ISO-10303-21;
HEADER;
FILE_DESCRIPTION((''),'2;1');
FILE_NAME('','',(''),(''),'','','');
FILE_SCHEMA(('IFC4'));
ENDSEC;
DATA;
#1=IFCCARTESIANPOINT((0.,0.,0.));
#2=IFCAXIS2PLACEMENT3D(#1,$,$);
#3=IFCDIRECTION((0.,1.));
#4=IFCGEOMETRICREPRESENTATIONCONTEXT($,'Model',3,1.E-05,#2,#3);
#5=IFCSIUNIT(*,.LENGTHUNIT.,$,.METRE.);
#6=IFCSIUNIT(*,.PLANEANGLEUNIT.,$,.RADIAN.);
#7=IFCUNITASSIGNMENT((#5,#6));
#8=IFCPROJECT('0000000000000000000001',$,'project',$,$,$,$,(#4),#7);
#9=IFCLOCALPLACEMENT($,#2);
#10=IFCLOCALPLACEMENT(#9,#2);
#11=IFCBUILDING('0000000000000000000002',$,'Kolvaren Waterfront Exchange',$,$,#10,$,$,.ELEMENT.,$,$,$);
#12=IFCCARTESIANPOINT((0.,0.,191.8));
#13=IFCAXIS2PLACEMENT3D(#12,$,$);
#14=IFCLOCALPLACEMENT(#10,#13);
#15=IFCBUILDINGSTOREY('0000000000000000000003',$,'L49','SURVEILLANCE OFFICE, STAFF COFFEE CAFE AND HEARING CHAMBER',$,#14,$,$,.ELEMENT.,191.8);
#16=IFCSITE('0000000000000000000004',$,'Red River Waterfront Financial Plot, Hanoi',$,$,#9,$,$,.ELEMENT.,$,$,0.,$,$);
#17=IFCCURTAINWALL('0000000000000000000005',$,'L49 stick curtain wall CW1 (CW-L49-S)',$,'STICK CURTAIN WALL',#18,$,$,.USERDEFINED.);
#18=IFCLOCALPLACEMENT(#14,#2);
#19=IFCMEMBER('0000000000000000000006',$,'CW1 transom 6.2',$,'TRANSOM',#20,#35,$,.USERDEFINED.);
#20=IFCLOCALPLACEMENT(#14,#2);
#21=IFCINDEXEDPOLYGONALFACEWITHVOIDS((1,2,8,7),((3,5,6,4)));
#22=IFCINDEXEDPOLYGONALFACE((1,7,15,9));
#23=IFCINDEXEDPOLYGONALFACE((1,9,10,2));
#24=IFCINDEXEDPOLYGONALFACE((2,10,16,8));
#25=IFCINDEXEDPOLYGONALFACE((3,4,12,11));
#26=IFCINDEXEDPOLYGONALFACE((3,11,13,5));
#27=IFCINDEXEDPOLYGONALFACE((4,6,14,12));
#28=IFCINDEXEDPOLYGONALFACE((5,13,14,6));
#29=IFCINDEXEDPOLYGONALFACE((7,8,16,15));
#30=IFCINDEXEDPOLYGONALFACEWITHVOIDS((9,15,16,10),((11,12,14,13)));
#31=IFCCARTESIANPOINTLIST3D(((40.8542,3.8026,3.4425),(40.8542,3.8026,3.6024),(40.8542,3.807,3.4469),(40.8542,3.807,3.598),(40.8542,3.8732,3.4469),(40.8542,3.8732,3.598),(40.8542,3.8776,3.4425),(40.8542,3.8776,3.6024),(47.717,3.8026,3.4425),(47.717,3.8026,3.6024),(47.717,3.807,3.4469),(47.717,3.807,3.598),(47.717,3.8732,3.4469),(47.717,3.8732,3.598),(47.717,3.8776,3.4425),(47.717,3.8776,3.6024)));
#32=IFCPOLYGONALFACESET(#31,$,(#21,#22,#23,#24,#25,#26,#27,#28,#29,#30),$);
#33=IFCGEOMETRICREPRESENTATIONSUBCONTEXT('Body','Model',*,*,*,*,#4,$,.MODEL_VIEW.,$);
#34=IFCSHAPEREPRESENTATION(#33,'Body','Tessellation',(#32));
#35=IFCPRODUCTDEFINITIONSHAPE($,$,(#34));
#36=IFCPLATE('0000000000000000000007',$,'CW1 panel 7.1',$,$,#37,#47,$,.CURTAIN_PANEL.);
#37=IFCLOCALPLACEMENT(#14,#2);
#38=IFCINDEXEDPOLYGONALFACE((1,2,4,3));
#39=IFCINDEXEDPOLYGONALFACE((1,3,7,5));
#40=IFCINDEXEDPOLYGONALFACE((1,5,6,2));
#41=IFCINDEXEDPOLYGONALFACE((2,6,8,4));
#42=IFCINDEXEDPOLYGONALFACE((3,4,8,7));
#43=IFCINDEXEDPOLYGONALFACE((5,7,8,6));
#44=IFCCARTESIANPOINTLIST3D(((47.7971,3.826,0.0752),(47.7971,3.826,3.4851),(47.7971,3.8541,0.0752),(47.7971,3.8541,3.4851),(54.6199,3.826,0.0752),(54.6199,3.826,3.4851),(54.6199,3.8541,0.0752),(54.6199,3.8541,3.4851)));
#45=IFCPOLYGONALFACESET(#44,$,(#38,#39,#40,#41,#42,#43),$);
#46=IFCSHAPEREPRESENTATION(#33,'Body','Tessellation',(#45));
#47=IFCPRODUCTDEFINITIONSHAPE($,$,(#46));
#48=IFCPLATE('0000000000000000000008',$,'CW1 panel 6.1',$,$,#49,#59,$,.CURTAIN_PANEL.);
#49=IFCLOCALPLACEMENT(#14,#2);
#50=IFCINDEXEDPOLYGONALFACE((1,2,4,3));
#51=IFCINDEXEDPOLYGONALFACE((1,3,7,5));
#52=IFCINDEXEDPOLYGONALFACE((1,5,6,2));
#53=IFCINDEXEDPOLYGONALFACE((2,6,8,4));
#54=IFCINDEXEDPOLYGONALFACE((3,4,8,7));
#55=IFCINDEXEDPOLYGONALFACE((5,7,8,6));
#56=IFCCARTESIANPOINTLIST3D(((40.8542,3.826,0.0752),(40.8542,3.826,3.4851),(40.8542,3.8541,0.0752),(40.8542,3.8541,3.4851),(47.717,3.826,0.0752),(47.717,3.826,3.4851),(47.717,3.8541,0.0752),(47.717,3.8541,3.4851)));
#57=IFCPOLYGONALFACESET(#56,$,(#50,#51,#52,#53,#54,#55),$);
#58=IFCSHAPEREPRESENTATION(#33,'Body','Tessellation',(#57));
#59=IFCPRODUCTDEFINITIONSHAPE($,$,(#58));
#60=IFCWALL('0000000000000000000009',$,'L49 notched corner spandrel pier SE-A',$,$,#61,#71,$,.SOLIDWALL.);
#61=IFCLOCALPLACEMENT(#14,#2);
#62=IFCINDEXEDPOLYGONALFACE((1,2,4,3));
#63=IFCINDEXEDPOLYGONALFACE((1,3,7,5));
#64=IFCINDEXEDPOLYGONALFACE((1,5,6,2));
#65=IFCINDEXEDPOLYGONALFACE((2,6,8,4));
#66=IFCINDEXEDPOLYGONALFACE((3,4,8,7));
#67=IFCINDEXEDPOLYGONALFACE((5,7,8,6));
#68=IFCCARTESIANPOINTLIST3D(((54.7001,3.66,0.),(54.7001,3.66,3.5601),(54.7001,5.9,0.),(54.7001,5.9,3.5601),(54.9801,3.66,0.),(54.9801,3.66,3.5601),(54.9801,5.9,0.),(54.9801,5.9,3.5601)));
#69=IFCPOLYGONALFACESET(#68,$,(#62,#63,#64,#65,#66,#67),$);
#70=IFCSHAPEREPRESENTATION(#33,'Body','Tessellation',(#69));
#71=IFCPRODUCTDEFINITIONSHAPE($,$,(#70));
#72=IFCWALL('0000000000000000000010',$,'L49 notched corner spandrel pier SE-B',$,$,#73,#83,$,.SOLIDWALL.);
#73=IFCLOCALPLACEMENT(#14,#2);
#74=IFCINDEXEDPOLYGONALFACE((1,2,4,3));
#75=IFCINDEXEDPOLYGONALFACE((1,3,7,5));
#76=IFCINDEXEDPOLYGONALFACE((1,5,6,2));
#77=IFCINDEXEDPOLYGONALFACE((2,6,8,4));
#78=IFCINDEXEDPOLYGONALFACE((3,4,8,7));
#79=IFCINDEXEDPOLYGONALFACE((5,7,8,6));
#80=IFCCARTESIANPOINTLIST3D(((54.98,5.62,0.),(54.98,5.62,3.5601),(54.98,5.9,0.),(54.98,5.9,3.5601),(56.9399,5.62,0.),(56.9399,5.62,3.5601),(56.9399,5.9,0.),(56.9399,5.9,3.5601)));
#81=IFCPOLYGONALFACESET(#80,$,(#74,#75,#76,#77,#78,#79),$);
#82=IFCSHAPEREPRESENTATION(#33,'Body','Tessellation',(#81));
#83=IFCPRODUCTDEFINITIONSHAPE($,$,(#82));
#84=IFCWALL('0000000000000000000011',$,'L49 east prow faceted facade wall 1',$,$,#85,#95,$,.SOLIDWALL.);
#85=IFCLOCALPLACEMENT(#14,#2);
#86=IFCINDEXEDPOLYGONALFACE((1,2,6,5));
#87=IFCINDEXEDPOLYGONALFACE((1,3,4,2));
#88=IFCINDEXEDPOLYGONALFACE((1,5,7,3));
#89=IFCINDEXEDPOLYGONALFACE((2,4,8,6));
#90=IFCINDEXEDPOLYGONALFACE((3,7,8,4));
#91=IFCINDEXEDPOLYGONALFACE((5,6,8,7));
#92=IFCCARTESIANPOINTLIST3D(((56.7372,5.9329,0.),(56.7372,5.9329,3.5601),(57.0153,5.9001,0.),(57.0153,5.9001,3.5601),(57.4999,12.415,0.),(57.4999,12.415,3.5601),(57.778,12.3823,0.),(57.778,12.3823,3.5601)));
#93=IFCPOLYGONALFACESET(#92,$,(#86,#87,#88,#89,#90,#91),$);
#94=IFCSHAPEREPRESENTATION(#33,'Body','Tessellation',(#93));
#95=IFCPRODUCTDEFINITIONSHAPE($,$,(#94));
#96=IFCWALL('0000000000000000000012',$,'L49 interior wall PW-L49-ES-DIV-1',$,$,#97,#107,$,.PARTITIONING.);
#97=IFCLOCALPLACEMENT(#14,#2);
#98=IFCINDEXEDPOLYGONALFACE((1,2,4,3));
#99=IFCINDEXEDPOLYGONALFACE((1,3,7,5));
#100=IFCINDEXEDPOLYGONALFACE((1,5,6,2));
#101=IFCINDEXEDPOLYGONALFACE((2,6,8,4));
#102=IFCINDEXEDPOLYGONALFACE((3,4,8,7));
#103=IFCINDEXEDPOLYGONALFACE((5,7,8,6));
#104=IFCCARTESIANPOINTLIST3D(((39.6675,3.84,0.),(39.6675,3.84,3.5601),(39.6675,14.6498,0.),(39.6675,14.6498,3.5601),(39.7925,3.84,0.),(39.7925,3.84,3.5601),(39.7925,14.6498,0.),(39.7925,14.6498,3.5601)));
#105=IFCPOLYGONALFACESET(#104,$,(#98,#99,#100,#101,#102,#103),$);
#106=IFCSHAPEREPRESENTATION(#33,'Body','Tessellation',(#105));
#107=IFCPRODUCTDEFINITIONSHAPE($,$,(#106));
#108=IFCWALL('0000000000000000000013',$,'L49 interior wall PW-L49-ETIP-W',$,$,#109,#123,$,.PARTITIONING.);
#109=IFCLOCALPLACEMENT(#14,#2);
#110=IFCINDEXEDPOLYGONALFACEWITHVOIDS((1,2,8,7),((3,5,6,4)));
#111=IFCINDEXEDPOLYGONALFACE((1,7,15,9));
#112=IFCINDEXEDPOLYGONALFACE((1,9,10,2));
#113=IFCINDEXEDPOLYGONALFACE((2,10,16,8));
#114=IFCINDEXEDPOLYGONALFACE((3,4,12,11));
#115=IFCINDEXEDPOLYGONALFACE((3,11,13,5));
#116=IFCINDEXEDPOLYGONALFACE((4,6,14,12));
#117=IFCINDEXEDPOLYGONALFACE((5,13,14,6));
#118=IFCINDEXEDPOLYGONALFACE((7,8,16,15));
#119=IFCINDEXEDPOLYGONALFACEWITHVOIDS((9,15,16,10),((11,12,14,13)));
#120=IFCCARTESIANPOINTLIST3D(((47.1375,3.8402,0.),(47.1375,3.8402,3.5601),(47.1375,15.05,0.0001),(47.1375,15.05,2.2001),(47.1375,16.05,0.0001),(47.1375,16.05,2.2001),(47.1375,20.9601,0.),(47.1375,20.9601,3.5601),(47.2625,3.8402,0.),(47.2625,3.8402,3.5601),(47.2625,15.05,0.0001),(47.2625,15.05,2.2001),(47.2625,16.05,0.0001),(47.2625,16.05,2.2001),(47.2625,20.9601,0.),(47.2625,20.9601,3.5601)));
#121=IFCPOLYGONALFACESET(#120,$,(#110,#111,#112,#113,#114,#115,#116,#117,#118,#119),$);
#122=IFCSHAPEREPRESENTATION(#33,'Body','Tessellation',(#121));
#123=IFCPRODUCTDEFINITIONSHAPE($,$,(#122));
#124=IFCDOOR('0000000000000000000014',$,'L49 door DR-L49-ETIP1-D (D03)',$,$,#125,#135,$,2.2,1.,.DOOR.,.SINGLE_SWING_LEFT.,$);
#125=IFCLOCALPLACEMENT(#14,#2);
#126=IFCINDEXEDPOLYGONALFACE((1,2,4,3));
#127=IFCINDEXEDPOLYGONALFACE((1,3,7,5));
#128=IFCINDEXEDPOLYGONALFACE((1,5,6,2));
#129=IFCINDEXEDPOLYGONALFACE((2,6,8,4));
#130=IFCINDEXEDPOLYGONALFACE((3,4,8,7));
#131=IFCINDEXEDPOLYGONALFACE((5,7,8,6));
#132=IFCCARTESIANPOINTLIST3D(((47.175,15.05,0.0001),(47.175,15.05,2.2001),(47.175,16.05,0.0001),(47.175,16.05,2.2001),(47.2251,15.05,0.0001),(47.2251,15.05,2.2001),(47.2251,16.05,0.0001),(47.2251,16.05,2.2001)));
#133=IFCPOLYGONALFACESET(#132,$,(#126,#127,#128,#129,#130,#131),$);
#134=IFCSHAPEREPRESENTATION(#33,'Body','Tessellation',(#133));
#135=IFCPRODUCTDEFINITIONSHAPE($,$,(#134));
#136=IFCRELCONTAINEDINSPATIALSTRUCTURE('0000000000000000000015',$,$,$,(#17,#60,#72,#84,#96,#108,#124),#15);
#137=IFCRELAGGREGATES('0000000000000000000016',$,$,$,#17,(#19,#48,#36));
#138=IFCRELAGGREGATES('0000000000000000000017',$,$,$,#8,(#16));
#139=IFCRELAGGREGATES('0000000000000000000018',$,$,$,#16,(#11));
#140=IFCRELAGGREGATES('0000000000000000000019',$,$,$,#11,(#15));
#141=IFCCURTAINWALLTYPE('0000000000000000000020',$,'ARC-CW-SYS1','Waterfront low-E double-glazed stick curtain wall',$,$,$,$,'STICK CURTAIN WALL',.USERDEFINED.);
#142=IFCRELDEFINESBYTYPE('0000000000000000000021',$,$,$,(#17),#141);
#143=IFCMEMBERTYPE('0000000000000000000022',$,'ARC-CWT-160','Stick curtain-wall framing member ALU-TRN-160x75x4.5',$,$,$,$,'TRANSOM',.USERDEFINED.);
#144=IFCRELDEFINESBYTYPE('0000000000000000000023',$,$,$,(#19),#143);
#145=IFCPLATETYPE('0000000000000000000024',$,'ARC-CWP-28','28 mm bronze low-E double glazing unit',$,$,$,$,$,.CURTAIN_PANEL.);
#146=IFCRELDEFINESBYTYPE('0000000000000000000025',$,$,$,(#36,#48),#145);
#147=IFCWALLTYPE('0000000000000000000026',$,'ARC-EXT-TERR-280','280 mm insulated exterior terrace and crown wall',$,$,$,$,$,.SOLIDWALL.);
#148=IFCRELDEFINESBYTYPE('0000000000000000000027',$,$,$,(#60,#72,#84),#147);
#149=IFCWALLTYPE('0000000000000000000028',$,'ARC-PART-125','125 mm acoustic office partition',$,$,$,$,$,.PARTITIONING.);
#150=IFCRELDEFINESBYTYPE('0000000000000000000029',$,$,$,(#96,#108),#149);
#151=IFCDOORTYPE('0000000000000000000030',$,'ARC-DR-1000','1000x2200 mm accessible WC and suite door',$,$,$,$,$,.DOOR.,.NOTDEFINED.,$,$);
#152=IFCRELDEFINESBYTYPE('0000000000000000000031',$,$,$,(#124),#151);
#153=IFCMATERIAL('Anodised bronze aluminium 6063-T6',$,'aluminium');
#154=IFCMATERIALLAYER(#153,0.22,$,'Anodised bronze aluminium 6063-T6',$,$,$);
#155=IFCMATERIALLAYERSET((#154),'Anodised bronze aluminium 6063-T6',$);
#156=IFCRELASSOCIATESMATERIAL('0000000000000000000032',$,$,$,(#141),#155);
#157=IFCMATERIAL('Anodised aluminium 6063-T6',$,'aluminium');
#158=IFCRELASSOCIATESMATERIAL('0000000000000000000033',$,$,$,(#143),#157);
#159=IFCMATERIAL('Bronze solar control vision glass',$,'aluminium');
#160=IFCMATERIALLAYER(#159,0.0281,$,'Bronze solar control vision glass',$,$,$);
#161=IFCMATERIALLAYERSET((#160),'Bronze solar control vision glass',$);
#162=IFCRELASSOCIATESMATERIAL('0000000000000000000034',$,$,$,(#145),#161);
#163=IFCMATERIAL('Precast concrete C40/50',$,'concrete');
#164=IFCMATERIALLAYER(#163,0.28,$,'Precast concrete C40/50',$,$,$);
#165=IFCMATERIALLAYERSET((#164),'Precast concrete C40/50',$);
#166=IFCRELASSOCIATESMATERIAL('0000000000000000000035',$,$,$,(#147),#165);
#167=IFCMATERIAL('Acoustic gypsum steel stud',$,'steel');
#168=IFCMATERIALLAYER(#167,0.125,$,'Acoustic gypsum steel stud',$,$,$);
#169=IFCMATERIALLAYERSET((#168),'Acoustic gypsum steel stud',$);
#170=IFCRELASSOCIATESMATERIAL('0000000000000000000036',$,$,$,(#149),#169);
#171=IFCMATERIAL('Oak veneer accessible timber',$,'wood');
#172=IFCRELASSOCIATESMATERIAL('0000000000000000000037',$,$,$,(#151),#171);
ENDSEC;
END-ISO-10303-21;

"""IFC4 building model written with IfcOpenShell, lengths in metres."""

from ifc_helpers import new_model, si_unit, direction, frame, frame_2d, origin, origin_with_axes, origin_2d, place, context, subcontext, project, spatial, rectangle, hollow_rectangle, extrude, source, transform, mapped, material, layer, layer_set, material_profile, profile_set, type_object, element, fill, aggregate, save


model = new_model("IFC4")

# Units and contexts
model_context = context("Model", 3, precision=1e-05, world=origin(), true_north=direction((0.0, 1.0)))
body_context = subcontext(model_context, "Body", "Model", "MODEL_VIEW")
ifc_project = project(units=[si_unit("LENGTHUNIT", "METRE"), si_unit("PLANEANGLEUNIT", "RADIAN")], contexts=[model_context])

# Site, building, storey
site_placement = place(None, origin())
site = spatial("IfcSite", under=ifc_project, at=site_placement, Name="Red River Waterfront Financial Plot, Hanoi", CompositionType="ELEMENT", RefElevation=0.0)
building_placement = place(site_placement, origin())
building = spatial("IfcBuilding", under=site, at=building_placement, Name="Kolvaren Waterfront Exchange", CompositionType="ELEMENT")
storey_placement = place(building_placement, frame((0.0, 0.0, 191.8)))
storey = spatial("IfcBuildingStorey", under=building, at=storey_placement, Name="L49", Description="SURVEILLANCE OFFICE, STAFF COFFEE CAFE AND HEARING CHAMBER", CompositionType="ELEMENT", Elevation=191.8)

# Shared definitions
ifc_material_1 = material(Name="Anodised bronze aluminium 6063-T6", Category="aluminium")

# Curtain wall, member, plates
ifc_layer_1 = layer(ifc_material_1, 0.22, Name="Anodised bronze aluminium 6063-T6")
ifc_layer_set_1 = layer_set([ifc_layer_1], Name="Anodised bronze aluminium 6063-T6")
curtain_wall_type_1 = type_object("IfcCurtainWallType", Name="ARC-CW-SYS1", Description="Waterfront low-E double-glazed stick curtain wall", ElementType="STICK CURTAIN WALL", PredefinedType="USERDEFINED", material=ifc_layer_set_1)
curtain_wall_1_placement = place(storey_placement, origin())
curtain_wall_1 = element("IfcCurtainWall", 1, at=curtain_wall_1_placement, inside=storey, type_object=curtain_wall_type_1, Name="L49 stick curtain wall CW1 (CW-L49-S)", ObjectType="STICK CURTAIN WALL", PredefinedType="USERDEFINED")
ifc_material_2 = material(Name="Anodised aluminium 6063-T6", Category="aluminium")
ifc_material_profile_1 = material_profile(ifc_material_2, hollow_rectangle(XDim=0.075, YDim=0.1599, WallThickness=0.0044, at=origin_2d()), Name="ALU-TRN-160x75x4.5")
ifc_profile_set_1 = profile_set([ifc_material_profile_1], Name="Anodised aluminium 6063-T6")
member_type_1 = type_object("IfcMemberType", Name="ARC-CWT-160", Description="Stick curtain-wall framing member ALU-TRN-160x75x4.5", ElementType="TRANSOM", PredefinedType="USERDEFINED", material=ifc_profile_set_1)
shared_shape_1 = source(origin_with_axes(), body_context, "Body", "SweptSolid", [
    extrude(hollow_rectangle(XDim=0.075, YDim=0.1599, WallThickness=0.0044, at=origin_2d()), origin(), (0.0, 0.0, 1.0), 6.8628),
])
member_1_placement = place(storey_placement, frame((40.8542, 3.8401, 3.5225), z_axis=(1.0, 0.0, 0.0), x_axis=(0.0, 1.0, 0.0)))
member_1 = element("IfcMember", 2, at=member_1_placement, type_object=member_type_1, Name="CW1 transom 6.2", ObjectType="TRANSOM", PredefinedType="USERDEFINED", context=body_context, shape_type="MappedRepresentation", body=[
    mapped(shared_shape_1, transform((0.0, 0.0, 0.0), x_axis=(1.0, 0.0, 0.0), y_axis=(0.0, 1.0, 0.0), z_axis=(0.0, 0.0, 1.0), scale=1.0)),
])
ifc_material_3 = material(Name="Bronze solar control vision glass", Category="aluminium")
ifc_layer_2 = layer(ifc_material_3, 0.0281, Name="Bronze solar control vision glass")
ifc_layer_set_2 = layer_set([ifc_layer_2], Name="Bronze solar control vision glass")
plate_type = type_object("IfcPlateType", Name="ARC-CWP-28", Description="28 mm bronze low-E double glazing unit", PredefinedType="CURTAIN_PANEL", material=ifc_layer_set_2)
shared_shape_2 = source(origin_with_axes(), body_context, "Body", "SweptSolid", [
    extrude(rectangle(XDim=6.8228, YDim=0.0281, at=origin_2d()), origin(), (0.0, 0.0, 1.0), 3.4099),
])
plate_1_placement = place(storey_placement, frame((51.2085, 3.8401, 0.0752), z_axis=(0.0, 0.0, 1.0), x_axis=(1.0, 0.0, 0.0)))
plate_1 = element("IfcPlate", 3, at=plate_1_placement, type_object=plate_type, Name="CW1 panel 7.1", PredefinedType="CURTAIN_PANEL", context=body_context, shape_type="MappedRepresentation", body=[
    mapped(shared_shape_2, transform((0.0, 0.0, 0.0), x_axis=(1.0, 0.0, 0.0), y_axis=(0.0, 1.0, 0.0), z_axis=(0.0, 0.0, 1.0), scale=1.0)),
])
shared_shape_3 = source(origin_with_axes(), body_context, "Body", "SweptSolid", [
    extrude(rectangle(XDim=6.8628, YDim=0.0281, at=origin_2d()), origin(), (0.0, 0.0, 1.0), 3.4099),
])
plate_2_placement = place(storey_placement, frame((44.2856, 3.8401, 0.0752), z_axis=(0.0, 0.0, 1.0), x_axis=(1.0, 0.0, 0.0)))
plate_2 = element("IfcPlate", 4, at=plate_2_placement, type_object=plate_type, Name="CW1 panel 6.1", PredefinedType="CURTAIN_PANEL", context=body_context, shape_type="MappedRepresentation", body=[
    mapped(shared_shape_3, transform((0.0, 0.0, 0.0), x_axis=(1.0, 0.0, 0.0), y_axis=(0.0, 1.0, 0.0), z_axis=(0.0, 0.0, 1.0), scale=1.0)),
])
aggregate(curtain_wall_1, [member_1, plate_2, plate_1])

# Walls
ifc_material_4 = material(Name="Precast concrete C40/50", Category="concrete")
ifc_layer_3 = layer(ifc_material_4, 0.28, Name="Precast concrete C40/50")
ifc_layer_set_3 = layer_set([ifc_layer_3], Name="Precast concrete C40/50")
wall_type_1 = type_object("IfcWallType", Name="ARC-EXT-TERR-280", Description="280 mm insulated exterior terrace and crown wall", PredefinedType="SOLIDWALL", material=ifc_layer_set_3)
wall_1_placement = place(storey_placement, frame((54.8401, 3.6599, 0.0), z_axis=(0.0, 0.0, 1.0), x_axis=(0.0, 1.0, 0.0)))
element("IfcWall", 5, at=wall_1_placement, inside=storey, type_object=wall_type_1, Name="L49 notched corner spandrel pier SE-A", PredefinedType="SOLIDWALL", context=body_context, shape_type="SweptSolid", body=[
    extrude(rectangle(XDim=2.24, YDim=0.28, at=frame_2d((1.1201, 0.0))), origin(), (0.0, 0.0, 1.0), 3.5601),
])
wall_2_placement = place(storey_placement, frame((54.98, 5.76, 0.0), z_axis=(0.0, 0.0, 1.0), x_axis=(1.0, 0.0, 0.0)))
element("IfcWall", 6, at=wall_2_placement, inside=storey, type_object=wall_type_1, Name="L49 notched corner spandrel pier SE-B", PredefinedType="SOLIDWALL", context=body_context, shape_type="SweptSolid", body=[
    extrude(rectangle(XDim=1.96, YDim=0.28, at=frame_2d((0.98, 0.0))), origin(), (0.0, 0.0, 1.0), 3.5601),
])
wall_3_placement = place(storey_placement, frame((56.8762, 5.9165, 0.0), z_axis=(0.0, 0.0, 1.0), x_axis=(0.116854, 0.993149, 0.0)))
element("IfcWall", 7, at=wall_3_placement, inside=storey, type_object=wall_type_1, Name="L49 east prow faceted facade wall 1", PredefinedType="SOLIDWALL", context=body_context, shape_type="SweptSolid", body=[
    extrude(rectangle(XDim=6.5269, YDim=0.28, at=frame_2d((3.2634, 0.0))), origin(), (0.0, 0.0, 1.0), 3.5601),
])
ifc_material_5 = material(Name="Acoustic gypsum steel stud", Category="steel")
ifc_layer_4 = layer(ifc_material_5, 0.125, Name="Acoustic gypsum steel stud")
ifc_layer_set_4 = layer_set([ifc_layer_4], Name="Acoustic gypsum steel stud")
wall_type_2 = type_object("IfcWallType", Name="ARC-PART-125", Description="125 mm acoustic office partition", PredefinedType="PARTITIONING", material=ifc_layer_set_4)
wall_4_placement = place(storey_placement, frame((39.73, 3.8401, 0.0), z_axis=(0.0, 0.0, 1.0), x_axis=(0.0, 1.0, 0.0)))
element("IfcWall", 8, at=wall_4_placement, inside=storey, type_object=wall_type_2, Name="L49 interior wall PW-L49-ES-DIV-1", PredefinedType="PARTITIONING", context=body_context, shape_type="SweptSolid", body=[
    extrude(rectangle(XDim=10.8098, YDim=0.125, at=frame_2d((5.4048, 0.0))), origin(), (0.0, 0.0, 1.0), 3.5601),
])

# Wall, opening, door
wall_5_placement = place(storey_placement, frame((47.2, 3.8401, 0.0), z_axis=(0.0, 0.0, 1.0), x_axis=(0.0, 1.0, 0.0)))
wall_5 = element("IfcWall", 9, at=wall_5_placement, inside=storey, type_object=wall_type_2, Name="L49 interior wall PW-L49-ETIP-W", PredefinedType="PARTITIONING", context=body_context, shape_type="SweptSolid", body=[
    extrude(rectangle(XDim=17.1199, YDim=0.125, at=frame_2d((8.5601, 0.0))), origin(), (0.0, 0.0, 1.0), 3.5601),
])
opening_placement = place(wall_5_placement, frame((11.21, 0.0, 0.0)))
opening = element("IfcOpeningElement", 10, at=opening_placement, cuts=wall_5, PredefinedType="OPENING", context=body_context, shape_type="SweptSolid", body=[
    extrude(rectangle(XDim=1.0, YDim=2.2, at=frame_2d((0.5, 1.1001))), frame((0.0, 0.0725, 0.0), z_axis=(0.0, -1.0, 0.0), x_axis=(1.0, 0.0, 0.0)), (0.0, 0.0, 1.0), 0.145),
])
ifc_material_6 = material(Name="Oak veneer accessible timber", Category="wood")
door_type = type_object("IfcDoorType", Name="ARC-DR-1000", Description="1000x2200 mm accessible WC and suite door", OperationType="NOTDEFINED", PredefinedType="DOOR", material=ifc_material_6)
door_placement = place(opening_placement, origin())
door = element("IfcDoor", 11, at=door_placement, inside=storey, type_object=door_type, Name="L49 door DR-L49-ETIP1-D (D03)", OperationType="SINGLE_SWING_LEFT", OverallHeight=2.2, OverallWidth=1.0, PredefinedType="DOOR", context=body_context, shape_type="SweptSolid", body=[
    extrude(rectangle(XDim=1.0, YDim=2.2, at=frame_2d((0.5, 1.1001))), frame((0.0, 0.0249, 0.0), z_axis=(0.0, -1.0, 0.0), x_axis=(1.0, 0.0, 0.0)), (0.0, 0.0, 1.0), 0.05),
])
fill(opening, door)

save(model, "model.ifc")
